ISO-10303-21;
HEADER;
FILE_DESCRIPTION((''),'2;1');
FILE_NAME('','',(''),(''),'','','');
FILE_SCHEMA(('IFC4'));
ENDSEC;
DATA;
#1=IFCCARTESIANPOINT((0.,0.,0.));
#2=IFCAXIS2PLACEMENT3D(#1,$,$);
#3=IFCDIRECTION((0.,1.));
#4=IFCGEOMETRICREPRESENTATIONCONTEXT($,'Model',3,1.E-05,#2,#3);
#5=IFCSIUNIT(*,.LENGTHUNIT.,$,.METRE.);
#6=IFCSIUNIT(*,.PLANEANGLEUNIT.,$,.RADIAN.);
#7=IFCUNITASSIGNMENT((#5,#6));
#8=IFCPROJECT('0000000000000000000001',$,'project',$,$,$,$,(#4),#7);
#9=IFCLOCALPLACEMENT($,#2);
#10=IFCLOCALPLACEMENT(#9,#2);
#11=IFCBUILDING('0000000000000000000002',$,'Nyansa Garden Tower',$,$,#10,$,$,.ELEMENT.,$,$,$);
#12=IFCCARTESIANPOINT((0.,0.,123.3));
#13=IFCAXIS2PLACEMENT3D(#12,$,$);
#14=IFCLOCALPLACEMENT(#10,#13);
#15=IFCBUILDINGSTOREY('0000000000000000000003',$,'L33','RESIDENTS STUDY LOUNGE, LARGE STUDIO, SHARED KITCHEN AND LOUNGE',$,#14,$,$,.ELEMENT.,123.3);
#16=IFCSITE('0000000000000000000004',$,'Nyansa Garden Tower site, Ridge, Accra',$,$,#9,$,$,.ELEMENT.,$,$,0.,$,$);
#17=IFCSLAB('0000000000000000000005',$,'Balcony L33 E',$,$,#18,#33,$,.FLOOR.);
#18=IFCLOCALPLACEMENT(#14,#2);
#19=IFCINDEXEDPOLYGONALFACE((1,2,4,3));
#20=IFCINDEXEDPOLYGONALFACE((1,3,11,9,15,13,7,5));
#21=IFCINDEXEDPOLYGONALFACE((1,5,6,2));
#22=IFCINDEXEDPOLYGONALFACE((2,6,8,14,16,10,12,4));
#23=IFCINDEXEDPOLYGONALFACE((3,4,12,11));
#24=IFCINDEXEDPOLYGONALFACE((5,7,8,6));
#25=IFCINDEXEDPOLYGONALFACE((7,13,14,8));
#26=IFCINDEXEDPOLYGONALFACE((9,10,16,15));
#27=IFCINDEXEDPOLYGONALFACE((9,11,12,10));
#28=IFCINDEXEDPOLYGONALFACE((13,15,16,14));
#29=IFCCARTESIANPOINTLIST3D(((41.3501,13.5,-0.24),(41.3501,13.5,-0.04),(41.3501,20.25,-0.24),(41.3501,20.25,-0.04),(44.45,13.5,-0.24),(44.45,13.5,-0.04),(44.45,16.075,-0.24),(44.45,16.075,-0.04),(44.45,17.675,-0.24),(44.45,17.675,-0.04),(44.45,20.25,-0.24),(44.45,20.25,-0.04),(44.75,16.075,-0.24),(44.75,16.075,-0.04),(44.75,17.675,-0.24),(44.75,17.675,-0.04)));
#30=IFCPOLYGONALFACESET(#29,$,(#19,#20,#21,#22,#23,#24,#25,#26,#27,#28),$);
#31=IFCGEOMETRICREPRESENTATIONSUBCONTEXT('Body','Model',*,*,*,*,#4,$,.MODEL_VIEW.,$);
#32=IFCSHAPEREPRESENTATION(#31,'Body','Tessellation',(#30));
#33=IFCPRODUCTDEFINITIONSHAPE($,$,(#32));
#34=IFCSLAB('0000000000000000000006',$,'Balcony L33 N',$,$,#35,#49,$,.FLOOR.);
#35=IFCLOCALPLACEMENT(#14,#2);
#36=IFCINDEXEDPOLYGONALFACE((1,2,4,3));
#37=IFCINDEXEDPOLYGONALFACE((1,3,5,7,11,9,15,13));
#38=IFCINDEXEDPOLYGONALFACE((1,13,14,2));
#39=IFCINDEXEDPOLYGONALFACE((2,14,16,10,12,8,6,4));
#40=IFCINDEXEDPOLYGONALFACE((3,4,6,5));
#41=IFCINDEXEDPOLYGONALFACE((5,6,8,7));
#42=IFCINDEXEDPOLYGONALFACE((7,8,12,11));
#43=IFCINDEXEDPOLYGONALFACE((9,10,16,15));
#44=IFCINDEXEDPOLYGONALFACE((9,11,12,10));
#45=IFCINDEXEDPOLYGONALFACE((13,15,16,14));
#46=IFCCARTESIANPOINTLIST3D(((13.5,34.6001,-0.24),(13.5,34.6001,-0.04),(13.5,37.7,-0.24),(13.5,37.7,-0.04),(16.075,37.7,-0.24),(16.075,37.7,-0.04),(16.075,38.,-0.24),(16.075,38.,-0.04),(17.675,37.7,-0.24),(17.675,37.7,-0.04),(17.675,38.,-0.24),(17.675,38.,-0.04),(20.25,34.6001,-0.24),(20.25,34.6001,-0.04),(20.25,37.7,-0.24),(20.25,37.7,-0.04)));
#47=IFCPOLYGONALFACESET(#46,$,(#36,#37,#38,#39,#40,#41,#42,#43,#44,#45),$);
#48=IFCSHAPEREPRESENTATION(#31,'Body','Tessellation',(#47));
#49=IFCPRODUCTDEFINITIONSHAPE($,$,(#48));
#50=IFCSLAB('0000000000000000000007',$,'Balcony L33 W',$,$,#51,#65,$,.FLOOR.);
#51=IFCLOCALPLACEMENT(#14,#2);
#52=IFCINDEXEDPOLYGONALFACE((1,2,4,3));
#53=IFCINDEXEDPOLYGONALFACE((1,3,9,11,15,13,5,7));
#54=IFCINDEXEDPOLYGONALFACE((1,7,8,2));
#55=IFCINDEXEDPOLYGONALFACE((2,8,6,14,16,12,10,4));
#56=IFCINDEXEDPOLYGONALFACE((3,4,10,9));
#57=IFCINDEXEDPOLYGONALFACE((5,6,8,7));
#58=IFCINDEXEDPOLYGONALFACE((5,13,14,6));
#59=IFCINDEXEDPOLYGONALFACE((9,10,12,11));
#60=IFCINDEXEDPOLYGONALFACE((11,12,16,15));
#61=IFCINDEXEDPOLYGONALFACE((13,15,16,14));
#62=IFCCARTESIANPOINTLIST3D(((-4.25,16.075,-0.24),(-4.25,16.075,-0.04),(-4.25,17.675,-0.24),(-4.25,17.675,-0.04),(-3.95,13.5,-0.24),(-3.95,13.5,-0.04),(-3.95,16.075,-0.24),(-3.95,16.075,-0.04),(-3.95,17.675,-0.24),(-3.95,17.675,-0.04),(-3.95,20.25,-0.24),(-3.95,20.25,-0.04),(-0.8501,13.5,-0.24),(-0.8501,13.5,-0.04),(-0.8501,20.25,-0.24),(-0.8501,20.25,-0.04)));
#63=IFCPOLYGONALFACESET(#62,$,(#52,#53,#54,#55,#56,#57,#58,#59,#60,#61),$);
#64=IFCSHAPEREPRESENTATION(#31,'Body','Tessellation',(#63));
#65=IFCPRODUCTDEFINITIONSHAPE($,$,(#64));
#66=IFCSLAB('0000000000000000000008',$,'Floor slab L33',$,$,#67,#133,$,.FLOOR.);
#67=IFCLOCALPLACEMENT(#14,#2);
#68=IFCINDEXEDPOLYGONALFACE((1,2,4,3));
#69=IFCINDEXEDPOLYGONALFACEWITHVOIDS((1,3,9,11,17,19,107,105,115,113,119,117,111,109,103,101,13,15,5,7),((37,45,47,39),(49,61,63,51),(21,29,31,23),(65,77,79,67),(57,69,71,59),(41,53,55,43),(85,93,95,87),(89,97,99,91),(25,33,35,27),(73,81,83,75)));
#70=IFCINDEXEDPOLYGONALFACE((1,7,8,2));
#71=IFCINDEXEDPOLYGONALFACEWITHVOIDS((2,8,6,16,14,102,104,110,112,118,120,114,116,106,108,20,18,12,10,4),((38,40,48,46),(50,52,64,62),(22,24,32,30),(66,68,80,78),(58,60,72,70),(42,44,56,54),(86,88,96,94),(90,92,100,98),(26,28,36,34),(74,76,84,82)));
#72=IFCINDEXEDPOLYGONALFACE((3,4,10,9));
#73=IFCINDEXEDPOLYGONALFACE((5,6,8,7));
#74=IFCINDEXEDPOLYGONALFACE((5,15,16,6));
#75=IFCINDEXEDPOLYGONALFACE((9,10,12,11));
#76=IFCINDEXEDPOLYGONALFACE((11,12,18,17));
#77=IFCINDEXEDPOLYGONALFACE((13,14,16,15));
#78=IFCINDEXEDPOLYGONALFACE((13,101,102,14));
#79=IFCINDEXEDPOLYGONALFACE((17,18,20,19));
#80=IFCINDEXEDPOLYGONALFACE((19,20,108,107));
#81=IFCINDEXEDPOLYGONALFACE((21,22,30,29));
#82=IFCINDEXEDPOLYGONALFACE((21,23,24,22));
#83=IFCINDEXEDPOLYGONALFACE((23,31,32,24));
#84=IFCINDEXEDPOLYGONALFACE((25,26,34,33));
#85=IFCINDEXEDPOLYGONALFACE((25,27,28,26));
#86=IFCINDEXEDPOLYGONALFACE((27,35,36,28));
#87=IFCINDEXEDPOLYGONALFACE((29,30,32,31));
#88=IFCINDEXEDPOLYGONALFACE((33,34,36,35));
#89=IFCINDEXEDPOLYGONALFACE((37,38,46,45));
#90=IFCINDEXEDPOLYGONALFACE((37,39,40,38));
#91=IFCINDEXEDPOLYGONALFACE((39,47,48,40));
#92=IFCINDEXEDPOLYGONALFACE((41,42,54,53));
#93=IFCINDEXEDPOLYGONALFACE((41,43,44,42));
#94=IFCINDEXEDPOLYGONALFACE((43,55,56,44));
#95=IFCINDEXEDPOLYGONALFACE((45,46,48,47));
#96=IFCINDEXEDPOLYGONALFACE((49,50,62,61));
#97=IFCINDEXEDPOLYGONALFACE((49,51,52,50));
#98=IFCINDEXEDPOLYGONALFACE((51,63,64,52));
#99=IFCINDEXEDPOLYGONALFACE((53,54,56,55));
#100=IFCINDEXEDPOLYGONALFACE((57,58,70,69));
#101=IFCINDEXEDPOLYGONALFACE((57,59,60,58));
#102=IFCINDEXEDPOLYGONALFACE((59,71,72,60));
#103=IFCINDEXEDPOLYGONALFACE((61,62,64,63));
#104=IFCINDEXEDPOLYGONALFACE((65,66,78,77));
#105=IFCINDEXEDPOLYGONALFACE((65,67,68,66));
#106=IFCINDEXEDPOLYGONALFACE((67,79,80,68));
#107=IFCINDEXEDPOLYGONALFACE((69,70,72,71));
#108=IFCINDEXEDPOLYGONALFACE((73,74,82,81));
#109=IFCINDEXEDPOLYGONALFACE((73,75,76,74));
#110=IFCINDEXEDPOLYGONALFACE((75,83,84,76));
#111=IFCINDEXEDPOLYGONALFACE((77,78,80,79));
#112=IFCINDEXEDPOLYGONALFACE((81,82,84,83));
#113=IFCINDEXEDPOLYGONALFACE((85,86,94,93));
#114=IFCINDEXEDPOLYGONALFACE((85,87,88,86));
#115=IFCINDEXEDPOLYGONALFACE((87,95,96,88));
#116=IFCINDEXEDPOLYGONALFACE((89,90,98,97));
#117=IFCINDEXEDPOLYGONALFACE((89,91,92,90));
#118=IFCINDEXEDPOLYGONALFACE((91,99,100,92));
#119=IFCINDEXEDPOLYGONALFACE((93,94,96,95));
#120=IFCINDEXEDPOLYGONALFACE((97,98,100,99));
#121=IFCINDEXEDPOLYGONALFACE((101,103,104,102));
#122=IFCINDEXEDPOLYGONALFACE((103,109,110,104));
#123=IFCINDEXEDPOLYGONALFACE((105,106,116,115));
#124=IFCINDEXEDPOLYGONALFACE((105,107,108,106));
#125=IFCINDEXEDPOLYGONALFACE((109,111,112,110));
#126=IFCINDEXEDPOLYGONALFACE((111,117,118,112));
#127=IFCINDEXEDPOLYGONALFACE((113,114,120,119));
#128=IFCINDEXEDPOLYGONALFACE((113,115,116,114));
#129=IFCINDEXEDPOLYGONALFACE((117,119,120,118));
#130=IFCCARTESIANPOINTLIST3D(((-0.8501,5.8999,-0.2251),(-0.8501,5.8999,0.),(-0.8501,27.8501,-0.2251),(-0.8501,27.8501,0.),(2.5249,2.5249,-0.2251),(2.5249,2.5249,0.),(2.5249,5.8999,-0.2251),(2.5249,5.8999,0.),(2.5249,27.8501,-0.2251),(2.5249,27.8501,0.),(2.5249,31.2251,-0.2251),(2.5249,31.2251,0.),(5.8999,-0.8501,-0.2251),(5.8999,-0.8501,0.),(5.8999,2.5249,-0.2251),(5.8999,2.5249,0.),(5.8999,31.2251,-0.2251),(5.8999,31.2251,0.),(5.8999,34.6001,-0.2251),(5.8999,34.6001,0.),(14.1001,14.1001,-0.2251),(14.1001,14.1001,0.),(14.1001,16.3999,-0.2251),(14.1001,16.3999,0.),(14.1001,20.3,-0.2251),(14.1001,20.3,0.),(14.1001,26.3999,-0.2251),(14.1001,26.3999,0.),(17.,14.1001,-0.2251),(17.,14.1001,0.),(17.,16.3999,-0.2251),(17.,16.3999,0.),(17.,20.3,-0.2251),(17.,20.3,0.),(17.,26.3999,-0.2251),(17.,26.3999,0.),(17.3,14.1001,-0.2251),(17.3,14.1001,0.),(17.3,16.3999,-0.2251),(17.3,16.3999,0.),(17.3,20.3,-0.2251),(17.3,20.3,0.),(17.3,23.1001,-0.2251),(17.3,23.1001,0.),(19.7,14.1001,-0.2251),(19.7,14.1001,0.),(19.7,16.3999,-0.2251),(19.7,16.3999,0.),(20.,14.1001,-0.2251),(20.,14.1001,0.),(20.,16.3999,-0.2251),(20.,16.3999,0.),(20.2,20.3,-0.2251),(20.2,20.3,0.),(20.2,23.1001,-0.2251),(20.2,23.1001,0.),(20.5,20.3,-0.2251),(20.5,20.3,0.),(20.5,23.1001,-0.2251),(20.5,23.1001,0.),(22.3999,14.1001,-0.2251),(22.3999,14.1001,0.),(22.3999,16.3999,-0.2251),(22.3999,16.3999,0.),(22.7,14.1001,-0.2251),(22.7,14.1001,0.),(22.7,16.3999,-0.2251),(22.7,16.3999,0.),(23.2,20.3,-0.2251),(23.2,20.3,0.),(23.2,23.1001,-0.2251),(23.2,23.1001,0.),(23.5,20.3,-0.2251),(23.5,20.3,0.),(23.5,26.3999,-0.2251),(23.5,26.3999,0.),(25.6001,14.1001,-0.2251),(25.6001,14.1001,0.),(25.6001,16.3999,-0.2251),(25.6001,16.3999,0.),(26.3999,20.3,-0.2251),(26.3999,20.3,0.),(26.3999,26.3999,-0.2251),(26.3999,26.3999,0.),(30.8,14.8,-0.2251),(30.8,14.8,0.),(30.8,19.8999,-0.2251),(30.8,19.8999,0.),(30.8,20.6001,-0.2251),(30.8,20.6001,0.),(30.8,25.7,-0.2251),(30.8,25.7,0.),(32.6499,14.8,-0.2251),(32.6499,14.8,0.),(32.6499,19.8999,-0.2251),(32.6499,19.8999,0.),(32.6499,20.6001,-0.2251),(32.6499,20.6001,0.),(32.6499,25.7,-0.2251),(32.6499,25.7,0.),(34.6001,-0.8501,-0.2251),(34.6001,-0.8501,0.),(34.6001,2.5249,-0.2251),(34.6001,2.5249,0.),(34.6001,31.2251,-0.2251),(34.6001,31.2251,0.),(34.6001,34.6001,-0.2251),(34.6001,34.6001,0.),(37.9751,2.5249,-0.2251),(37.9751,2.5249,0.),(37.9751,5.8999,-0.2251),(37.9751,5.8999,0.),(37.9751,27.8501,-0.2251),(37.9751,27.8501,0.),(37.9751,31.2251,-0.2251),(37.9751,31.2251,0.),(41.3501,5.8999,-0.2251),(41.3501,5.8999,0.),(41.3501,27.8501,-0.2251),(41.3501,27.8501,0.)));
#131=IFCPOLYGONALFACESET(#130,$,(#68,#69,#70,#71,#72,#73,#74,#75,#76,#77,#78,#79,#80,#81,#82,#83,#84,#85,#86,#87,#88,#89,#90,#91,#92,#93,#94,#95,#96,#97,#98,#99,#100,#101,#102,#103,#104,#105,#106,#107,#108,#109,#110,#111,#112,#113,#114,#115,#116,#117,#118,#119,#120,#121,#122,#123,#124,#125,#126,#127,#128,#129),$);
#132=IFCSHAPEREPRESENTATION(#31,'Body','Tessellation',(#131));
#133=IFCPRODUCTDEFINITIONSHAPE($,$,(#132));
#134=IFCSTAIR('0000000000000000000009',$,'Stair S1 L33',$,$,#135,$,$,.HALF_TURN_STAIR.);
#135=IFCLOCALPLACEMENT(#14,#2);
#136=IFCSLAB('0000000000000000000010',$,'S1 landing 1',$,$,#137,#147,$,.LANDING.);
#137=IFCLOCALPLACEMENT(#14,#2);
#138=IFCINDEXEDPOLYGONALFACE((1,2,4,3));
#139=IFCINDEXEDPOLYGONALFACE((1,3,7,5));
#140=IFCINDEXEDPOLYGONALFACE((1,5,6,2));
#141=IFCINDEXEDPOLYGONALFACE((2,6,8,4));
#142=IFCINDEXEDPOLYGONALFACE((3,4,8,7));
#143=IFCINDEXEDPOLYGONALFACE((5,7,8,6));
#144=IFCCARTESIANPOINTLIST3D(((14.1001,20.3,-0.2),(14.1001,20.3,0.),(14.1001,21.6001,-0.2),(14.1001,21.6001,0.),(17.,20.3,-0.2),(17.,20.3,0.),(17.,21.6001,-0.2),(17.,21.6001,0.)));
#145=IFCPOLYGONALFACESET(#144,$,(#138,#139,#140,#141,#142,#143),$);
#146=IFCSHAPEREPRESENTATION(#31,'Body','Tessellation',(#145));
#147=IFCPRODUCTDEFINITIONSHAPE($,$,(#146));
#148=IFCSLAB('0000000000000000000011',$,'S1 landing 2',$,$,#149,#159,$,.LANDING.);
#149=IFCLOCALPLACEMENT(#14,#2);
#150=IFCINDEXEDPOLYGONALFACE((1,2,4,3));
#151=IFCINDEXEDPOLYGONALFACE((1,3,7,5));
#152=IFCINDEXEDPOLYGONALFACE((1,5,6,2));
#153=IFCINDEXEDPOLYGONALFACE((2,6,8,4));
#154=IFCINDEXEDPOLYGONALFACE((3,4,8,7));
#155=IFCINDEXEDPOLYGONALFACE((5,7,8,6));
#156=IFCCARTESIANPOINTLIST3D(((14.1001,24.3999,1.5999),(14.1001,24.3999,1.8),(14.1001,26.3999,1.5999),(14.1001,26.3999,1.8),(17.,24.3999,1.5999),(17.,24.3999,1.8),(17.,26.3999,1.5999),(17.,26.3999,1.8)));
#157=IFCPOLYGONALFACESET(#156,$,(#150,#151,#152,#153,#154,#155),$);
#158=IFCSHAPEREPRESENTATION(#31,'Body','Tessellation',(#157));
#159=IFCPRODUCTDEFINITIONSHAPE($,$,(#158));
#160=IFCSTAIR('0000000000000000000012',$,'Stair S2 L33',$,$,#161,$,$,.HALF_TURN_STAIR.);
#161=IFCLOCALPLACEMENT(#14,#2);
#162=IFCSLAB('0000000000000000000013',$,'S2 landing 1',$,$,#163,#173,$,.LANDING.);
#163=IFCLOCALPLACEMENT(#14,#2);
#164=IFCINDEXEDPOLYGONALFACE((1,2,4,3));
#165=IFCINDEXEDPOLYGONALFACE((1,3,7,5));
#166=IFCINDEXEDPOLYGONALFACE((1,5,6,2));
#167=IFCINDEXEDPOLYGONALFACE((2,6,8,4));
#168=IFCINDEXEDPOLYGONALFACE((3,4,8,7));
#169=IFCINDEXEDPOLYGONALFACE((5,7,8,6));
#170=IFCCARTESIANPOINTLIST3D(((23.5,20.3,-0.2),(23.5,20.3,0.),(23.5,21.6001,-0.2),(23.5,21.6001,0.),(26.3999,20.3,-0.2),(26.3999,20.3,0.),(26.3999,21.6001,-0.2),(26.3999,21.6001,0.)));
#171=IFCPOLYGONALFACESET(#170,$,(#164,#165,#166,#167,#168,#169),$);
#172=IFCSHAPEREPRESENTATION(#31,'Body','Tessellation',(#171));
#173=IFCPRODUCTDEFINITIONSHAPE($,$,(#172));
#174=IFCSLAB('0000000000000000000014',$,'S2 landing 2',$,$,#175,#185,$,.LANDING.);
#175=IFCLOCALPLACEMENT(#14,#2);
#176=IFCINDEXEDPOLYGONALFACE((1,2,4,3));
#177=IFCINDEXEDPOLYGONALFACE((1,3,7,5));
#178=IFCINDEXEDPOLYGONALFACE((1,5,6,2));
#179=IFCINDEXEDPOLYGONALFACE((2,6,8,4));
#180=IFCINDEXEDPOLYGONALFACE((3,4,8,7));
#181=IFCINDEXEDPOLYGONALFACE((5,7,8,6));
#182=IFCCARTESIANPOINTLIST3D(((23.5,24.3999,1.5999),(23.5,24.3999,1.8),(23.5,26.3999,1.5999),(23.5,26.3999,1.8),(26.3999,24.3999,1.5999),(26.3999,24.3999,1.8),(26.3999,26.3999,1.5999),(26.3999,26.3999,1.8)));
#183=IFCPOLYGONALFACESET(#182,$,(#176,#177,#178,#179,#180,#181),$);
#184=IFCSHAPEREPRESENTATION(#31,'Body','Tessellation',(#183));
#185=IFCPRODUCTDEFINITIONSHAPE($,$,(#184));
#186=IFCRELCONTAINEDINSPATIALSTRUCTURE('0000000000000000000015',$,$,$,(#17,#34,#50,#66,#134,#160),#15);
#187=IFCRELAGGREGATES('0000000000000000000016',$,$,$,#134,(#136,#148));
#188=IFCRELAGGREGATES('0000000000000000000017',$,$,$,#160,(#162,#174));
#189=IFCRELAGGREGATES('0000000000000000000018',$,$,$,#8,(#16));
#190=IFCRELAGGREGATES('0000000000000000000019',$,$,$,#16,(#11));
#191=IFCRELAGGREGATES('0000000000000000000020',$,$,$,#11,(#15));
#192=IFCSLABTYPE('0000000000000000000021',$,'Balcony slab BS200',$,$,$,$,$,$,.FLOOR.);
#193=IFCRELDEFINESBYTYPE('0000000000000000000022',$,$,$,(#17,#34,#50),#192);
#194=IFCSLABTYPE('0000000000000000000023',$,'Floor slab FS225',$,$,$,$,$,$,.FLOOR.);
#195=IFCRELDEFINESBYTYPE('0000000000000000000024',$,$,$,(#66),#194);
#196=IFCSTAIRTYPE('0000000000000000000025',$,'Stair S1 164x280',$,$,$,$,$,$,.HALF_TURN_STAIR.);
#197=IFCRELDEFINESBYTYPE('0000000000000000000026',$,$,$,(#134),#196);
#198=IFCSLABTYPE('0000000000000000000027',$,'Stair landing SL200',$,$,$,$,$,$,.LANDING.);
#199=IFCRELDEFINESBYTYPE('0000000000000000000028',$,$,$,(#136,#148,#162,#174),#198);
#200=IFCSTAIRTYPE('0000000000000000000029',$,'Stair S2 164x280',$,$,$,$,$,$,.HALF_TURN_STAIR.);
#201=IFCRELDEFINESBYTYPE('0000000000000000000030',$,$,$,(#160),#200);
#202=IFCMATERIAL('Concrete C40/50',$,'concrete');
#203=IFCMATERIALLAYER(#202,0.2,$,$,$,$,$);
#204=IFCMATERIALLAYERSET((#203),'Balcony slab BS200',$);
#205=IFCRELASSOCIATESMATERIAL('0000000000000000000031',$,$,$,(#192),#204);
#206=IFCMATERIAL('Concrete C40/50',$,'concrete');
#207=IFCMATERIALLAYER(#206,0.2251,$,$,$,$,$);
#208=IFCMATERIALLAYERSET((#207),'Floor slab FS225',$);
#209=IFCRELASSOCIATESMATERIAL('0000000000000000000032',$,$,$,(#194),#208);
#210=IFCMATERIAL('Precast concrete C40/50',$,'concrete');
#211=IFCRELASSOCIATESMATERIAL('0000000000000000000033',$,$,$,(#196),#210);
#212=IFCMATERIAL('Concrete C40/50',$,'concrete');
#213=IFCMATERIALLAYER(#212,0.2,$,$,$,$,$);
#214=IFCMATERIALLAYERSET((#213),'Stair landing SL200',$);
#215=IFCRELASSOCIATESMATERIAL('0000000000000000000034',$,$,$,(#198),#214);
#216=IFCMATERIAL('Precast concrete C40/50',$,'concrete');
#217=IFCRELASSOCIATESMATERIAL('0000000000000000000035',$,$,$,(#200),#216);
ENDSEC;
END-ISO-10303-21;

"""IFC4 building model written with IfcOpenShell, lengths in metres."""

from ifc_helpers import new_model, si_unit, direction, frame, origin, place, context, subcontext, project, spatial, polyline, outline, extrude, material, layer, layer_set, type_object, element, aggregate, save


model = new_model("IFC4")

# Units and contexts
model_context = context("Model", 3, precision=1e-05, world=origin(), true_north=direction((0.0, 1.0)))
body_context = subcontext(model_context, "Body", "Model", "MODEL_VIEW")
ifc_project = project(units=[si_unit("LENGTHUNIT", "METRE"), si_unit("PLANEANGLEUNIT", "RADIAN")], contexts=[model_context])

# Site, building, storey
site_placement = place(None, origin())
site = spatial("IfcSite", under=ifc_project, at=site_placement, Name="Nyansa Garden Tower site, Ridge, Accra", CompositionType="ELEMENT", RefElevation=0.0)
building_placement = place(site_placement, origin())
building = spatial("IfcBuilding", under=site, at=building_placement, Name="Nyansa Garden Tower", CompositionType="ELEMENT")
storey_placement = place(building_placement, frame((0.0, 0.0, 123.3)))
storey = spatial("IfcBuildingStorey", under=building, at=storey_placement, Name="L33", Description="RESIDENTS STUDY LOUNGE, LARGE STUDIO, SHARED KITCHEN AND LOUNGE", CompositionType="ELEMENT", Elevation=123.3)

# Slabs
ifc_material_1 = material(Name="Concrete C40/50", Category="concrete")
ifc_layer_1 = layer(ifc_material_1, 0.2)
ifc_layer_set_1 = layer_set([ifc_layer_1], Name="Balcony slab BS200")
slab_type_1 = type_object("IfcSlabType", Name="Balcony slab BS200", PredefinedType="FLOOR", material=ifc_layer_set_1)
slab_1_placement = place(storey_placement, frame((0.0, 0.0, -0.24)))
element("IfcSlab", 1, at=slab_1_placement, inside=storey, type_object=slab_type_1, Name="Balcony L33 E", PredefinedType="FLOOR", context=body_context, shape_type="SweptSolid", body=[
    extrude(outline(polyline([(41.3501, 13.5), (41.3501, 20.25), (44.45, 20.25), (44.45, 17.675), (44.75, 17.675), (44.75, 16.075), (44.45, 16.075), (44.45, 13.5), (41.3501, 13.5)])), origin(), (0.0, 0.0, 1.0), 0.2),
])
slab_2_placement = place(storey_placement, frame((0.0, 0.0, -0.24)))
element("IfcSlab", 2, at=slab_2_placement, inside=storey, type_object=slab_type_1, Name="Balcony L33 N", PredefinedType="FLOOR", context=body_context, shape_type="SweptSolid", body=[
    extrude(outline(polyline([(13.5, 34.6001), (20.25, 34.6001), (20.25, 37.7), (17.675, 37.7), (17.675, 38.0), (16.075, 38.0), (16.075, 37.7), (13.5, 37.7), (13.5, 34.6001)])), origin(), (0.0, 0.0, 1.0), 0.2),
])
slab_3_placement = place(storey_placement, frame((0.0, 0.0, -0.24)))
element("IfcSlab", 3, at=slab_3_placement, inside=storey, type_object=slab_type_1, Name="Balcony L33 W", PredefinedType="FLOOR", context=body_context, shape_type="SweptSolid", body=[
    extrude(outline(polyline([(-0.8501, 13.5), (-0.8501, 20.25), (-3.95, 20.25), (-3.95, 17.675), (-4.25, 17.675), (-4.25, 16.075), (-3.95, 16.075), (-3.95, 13.5), (-0.8501, 13.5)])), origin(), (0.0, 0.0, 1.0), 0.2),
])
ifc_material_2 = material(Name="Concrete C40/50", Category="concrete")
ifc_layer_2 = layer(ifc_material_2, 0.2251)
ifc_layer_set_2 = layer_set([ifc_layer_2], Name="Floor slab FS225")
slab_type_2 = type_object("IfcSlabType", Name="Floor slab FS225", PredefinedType="FLOOR", material=ifc_layer_set_2)
slab_4_placement = place(storey_placement, frame((0.0, 0.0, -0.2251)))
element("IfcSlab", 4, at=slab_4_placement, inside=storey, type_object=slab_type_2, Name="Floor slab L33", PredefinedType="FLOOR", context=body_context, shape_type="SweptSolid", body=[
    extrude(outline(polyline([(41.3501, 5.8999), (37.9751, 5.8999), (37.9751, 2.5249), (34.6001, 2.5249), (34.6001, -0.8501), (5.8999, -0.8501), (5.8999, 2.5249), (2.5249, 2.5249), (2.5249, 5.8999), (-0.8501, 5.8999), (-0.8501, 27.8501), (2.5249, 27.8501), (2.5249, 31.2251), (5.8999, 31.2251), (5.8999, 34.6001), (34.6001, 34.6001), (34.6001, 31.2251), (37.9751, 31.2251), (37.9751, 27.8501), (41.3501, 27.8501), (41.3501, 5.8999)]), holes=[polyline([(14.1001, 14.1001), (17.0, 14.1001), (17.0, 16.3999), (14.1001, 16.3999), (14.1001, 14.1001)]), polyline([(17.3, 14.1001), (19.7, 14.1001), (19.7, 16.3999), (17.3, 16.3999), (17.3, 14.1001)]), polyline([(20.0, 14.1001), (22.3999, 14.1001), (22.3999, 16.3999), (20.0, 16.3999), (20.0, 14.1001)]), polyline([(22.7, 14.1001), (25.6001, 14.1001), (25.6001, 16.3999), (22.7, 16.3999), (22.7, 14.1001)]), polyline([(17.3, 20.3), (20.2, 20.3), (20.2, 23.1001), (17.3, 23.1001), (17.3, 20.3)]), polyline([(20.5, 20.3), (23.2, 20.3), (23.2, 23.1001), (20.5, 23.1001), (20.5, 20.3)]), polyline([(30.8, 14.8), (32.6499, 14.8), (32.6499, 19.8999), (30.8, 19.8999), (30.8, 14.8)]), polyline([(30.8, 20.6001), (32.6499, 20.6001), (32.6499, 25.7), (30.8, 25.7), (30.8, 20.6001)]), polyline([(14.1001, 20.3), (17.0, 20.3), (17.0, 26.3999), (14.1001, 26.3999), (14.1001, 20.3)]), polyline([(23.5, 20.3), (26.3999, 20.3), (26.3999, 26.3999), (23.5, 26.3999), (23.5, 20.3)])]), origin(), (0.0, 0.0, 1.0), 0.2251),
])

# Stairs, slabs
ifc_material_3 = material(Name="Precast concrete C40/50", Category="concrete")
stair_type_1 = type_object("IfcStairType", Name="Stair S1 164x280", PredefinedType="HALF_TURN_STAIR", material=ifc_material_3)
stair_1_placement = place(storey_placement, origin())
stair_1 = element("IfcStair", 5, at=stair_1_placement, inside=storey, type_object=stair_type_1, Name="Stair S1 L33", PredefinedType="HALF_TURN_STAIR")
ifc_material_4 = material(Name="Concrete C40/50", Category="concrete")
ifc_layer_3 = layer(ifc_material_4, 0.2)
ifc_layer_set_3 = layer_set([ifc_layer_3], Name="Stair landing SL200")
slab_type_3 = type_object("IfcSlabType", Name="Stair landing SL200", PredefinedType="LANDING", material=ifc_layer_set_3)
slab_5_placement = place(storey_placement, frame((0.0, 0.0, -0.2)))
slab_5 = element("IfcSlab", 6, at=slab_5_placement, type_object=slab_type_3, Name="S1 landing 1", PredefinedType="LANDING", context=body_context, shape_type="SweptSolid", body=[
    extrude(outline(polyline([(14.1001, 20.3), (17.0, 20.3), (17.0, 21.6001), (14.1001, 21.6001), (14.1001, 20.3)])), origin(), (0.0, 0.0, 1.0), 0.2),
])
slab_6_placement = place(storey_placement, frame((0.0, 0.0, 1.5999)))
slab_6 = element("IfcSlab", 7, at=slab_6_placement, type_object=slab_type_3, Name="S1 landing 2", PredefinedType="LANDING", context=body_context, shape_type="SweptSolid", body=[
    extrude(outline(polyline([(14.1001, 24.3999), (17.0, 24.3999), (17.0, 26.3999), (14.1001, 26.3999), (14.1001, 24.3999)])), origin(), (0.0, 0.0, 1.0), 0.2002),
])
aggregate(stair_1, [slab_5, slab_6])
ifc_material_5 = material(Name="Precast concrete C40/50", Category="concrete")
stair_type_2 = type_object("IfcStairType", Name="Stair S2 164x280", PredefinedType="HALF_TURN_STAIR", material=ifc_material_5)
stair_2_placement = place(storey_placement, origin())
stair_2 = element("IfcStair", 8, at=stair_2_placement, inside=storey, type_object=stair_type_2, Name="Stair S2 L33", PredefinedType="HALF_TURN_STAIR")
slab_7_placement = place(storey_placement, frame((0.0, 0.0, -0.2)))
slab_7 = element("IfcSlab", 9, at=slab_7_placement, type_object=slab_type_3, Name="S2 landing 1", PredefinedType="LANDING", context=body_context, shape_type="SweptSolid", body=[
    extrude(outline(polyline([(23.5, 20.3), (26.3999, 20.3), (26.3999, 21.6001), (23.5, 21.6001), (23.5, 20.3)])), origin(), (0.0, 0.0, 1.0), 0.2),
])
slab_8_placement = place(storey_placement, frame((0.0, 0.0, 1.5999)))
slab_8 = element("IfcSlab", 10, at=slab_8_placement, type_object=slab_type_3, Name="S2 landing 2", PredefinedType="LANDING", context=body_context, shape_type="SweptSolid", body=[
    extrude(outline(polyline([(23.5, 24.3999), (26.3999, 24.3999), (26.3999, 26.3999), (23.5, 26.3999), (23.5, 24.3999)])), origin(), (0.0, 0.0, 1.0), 0.2002),
])
aggregate(stair_2, [slab_7, slab_8])

save(model, "model.ifc")
